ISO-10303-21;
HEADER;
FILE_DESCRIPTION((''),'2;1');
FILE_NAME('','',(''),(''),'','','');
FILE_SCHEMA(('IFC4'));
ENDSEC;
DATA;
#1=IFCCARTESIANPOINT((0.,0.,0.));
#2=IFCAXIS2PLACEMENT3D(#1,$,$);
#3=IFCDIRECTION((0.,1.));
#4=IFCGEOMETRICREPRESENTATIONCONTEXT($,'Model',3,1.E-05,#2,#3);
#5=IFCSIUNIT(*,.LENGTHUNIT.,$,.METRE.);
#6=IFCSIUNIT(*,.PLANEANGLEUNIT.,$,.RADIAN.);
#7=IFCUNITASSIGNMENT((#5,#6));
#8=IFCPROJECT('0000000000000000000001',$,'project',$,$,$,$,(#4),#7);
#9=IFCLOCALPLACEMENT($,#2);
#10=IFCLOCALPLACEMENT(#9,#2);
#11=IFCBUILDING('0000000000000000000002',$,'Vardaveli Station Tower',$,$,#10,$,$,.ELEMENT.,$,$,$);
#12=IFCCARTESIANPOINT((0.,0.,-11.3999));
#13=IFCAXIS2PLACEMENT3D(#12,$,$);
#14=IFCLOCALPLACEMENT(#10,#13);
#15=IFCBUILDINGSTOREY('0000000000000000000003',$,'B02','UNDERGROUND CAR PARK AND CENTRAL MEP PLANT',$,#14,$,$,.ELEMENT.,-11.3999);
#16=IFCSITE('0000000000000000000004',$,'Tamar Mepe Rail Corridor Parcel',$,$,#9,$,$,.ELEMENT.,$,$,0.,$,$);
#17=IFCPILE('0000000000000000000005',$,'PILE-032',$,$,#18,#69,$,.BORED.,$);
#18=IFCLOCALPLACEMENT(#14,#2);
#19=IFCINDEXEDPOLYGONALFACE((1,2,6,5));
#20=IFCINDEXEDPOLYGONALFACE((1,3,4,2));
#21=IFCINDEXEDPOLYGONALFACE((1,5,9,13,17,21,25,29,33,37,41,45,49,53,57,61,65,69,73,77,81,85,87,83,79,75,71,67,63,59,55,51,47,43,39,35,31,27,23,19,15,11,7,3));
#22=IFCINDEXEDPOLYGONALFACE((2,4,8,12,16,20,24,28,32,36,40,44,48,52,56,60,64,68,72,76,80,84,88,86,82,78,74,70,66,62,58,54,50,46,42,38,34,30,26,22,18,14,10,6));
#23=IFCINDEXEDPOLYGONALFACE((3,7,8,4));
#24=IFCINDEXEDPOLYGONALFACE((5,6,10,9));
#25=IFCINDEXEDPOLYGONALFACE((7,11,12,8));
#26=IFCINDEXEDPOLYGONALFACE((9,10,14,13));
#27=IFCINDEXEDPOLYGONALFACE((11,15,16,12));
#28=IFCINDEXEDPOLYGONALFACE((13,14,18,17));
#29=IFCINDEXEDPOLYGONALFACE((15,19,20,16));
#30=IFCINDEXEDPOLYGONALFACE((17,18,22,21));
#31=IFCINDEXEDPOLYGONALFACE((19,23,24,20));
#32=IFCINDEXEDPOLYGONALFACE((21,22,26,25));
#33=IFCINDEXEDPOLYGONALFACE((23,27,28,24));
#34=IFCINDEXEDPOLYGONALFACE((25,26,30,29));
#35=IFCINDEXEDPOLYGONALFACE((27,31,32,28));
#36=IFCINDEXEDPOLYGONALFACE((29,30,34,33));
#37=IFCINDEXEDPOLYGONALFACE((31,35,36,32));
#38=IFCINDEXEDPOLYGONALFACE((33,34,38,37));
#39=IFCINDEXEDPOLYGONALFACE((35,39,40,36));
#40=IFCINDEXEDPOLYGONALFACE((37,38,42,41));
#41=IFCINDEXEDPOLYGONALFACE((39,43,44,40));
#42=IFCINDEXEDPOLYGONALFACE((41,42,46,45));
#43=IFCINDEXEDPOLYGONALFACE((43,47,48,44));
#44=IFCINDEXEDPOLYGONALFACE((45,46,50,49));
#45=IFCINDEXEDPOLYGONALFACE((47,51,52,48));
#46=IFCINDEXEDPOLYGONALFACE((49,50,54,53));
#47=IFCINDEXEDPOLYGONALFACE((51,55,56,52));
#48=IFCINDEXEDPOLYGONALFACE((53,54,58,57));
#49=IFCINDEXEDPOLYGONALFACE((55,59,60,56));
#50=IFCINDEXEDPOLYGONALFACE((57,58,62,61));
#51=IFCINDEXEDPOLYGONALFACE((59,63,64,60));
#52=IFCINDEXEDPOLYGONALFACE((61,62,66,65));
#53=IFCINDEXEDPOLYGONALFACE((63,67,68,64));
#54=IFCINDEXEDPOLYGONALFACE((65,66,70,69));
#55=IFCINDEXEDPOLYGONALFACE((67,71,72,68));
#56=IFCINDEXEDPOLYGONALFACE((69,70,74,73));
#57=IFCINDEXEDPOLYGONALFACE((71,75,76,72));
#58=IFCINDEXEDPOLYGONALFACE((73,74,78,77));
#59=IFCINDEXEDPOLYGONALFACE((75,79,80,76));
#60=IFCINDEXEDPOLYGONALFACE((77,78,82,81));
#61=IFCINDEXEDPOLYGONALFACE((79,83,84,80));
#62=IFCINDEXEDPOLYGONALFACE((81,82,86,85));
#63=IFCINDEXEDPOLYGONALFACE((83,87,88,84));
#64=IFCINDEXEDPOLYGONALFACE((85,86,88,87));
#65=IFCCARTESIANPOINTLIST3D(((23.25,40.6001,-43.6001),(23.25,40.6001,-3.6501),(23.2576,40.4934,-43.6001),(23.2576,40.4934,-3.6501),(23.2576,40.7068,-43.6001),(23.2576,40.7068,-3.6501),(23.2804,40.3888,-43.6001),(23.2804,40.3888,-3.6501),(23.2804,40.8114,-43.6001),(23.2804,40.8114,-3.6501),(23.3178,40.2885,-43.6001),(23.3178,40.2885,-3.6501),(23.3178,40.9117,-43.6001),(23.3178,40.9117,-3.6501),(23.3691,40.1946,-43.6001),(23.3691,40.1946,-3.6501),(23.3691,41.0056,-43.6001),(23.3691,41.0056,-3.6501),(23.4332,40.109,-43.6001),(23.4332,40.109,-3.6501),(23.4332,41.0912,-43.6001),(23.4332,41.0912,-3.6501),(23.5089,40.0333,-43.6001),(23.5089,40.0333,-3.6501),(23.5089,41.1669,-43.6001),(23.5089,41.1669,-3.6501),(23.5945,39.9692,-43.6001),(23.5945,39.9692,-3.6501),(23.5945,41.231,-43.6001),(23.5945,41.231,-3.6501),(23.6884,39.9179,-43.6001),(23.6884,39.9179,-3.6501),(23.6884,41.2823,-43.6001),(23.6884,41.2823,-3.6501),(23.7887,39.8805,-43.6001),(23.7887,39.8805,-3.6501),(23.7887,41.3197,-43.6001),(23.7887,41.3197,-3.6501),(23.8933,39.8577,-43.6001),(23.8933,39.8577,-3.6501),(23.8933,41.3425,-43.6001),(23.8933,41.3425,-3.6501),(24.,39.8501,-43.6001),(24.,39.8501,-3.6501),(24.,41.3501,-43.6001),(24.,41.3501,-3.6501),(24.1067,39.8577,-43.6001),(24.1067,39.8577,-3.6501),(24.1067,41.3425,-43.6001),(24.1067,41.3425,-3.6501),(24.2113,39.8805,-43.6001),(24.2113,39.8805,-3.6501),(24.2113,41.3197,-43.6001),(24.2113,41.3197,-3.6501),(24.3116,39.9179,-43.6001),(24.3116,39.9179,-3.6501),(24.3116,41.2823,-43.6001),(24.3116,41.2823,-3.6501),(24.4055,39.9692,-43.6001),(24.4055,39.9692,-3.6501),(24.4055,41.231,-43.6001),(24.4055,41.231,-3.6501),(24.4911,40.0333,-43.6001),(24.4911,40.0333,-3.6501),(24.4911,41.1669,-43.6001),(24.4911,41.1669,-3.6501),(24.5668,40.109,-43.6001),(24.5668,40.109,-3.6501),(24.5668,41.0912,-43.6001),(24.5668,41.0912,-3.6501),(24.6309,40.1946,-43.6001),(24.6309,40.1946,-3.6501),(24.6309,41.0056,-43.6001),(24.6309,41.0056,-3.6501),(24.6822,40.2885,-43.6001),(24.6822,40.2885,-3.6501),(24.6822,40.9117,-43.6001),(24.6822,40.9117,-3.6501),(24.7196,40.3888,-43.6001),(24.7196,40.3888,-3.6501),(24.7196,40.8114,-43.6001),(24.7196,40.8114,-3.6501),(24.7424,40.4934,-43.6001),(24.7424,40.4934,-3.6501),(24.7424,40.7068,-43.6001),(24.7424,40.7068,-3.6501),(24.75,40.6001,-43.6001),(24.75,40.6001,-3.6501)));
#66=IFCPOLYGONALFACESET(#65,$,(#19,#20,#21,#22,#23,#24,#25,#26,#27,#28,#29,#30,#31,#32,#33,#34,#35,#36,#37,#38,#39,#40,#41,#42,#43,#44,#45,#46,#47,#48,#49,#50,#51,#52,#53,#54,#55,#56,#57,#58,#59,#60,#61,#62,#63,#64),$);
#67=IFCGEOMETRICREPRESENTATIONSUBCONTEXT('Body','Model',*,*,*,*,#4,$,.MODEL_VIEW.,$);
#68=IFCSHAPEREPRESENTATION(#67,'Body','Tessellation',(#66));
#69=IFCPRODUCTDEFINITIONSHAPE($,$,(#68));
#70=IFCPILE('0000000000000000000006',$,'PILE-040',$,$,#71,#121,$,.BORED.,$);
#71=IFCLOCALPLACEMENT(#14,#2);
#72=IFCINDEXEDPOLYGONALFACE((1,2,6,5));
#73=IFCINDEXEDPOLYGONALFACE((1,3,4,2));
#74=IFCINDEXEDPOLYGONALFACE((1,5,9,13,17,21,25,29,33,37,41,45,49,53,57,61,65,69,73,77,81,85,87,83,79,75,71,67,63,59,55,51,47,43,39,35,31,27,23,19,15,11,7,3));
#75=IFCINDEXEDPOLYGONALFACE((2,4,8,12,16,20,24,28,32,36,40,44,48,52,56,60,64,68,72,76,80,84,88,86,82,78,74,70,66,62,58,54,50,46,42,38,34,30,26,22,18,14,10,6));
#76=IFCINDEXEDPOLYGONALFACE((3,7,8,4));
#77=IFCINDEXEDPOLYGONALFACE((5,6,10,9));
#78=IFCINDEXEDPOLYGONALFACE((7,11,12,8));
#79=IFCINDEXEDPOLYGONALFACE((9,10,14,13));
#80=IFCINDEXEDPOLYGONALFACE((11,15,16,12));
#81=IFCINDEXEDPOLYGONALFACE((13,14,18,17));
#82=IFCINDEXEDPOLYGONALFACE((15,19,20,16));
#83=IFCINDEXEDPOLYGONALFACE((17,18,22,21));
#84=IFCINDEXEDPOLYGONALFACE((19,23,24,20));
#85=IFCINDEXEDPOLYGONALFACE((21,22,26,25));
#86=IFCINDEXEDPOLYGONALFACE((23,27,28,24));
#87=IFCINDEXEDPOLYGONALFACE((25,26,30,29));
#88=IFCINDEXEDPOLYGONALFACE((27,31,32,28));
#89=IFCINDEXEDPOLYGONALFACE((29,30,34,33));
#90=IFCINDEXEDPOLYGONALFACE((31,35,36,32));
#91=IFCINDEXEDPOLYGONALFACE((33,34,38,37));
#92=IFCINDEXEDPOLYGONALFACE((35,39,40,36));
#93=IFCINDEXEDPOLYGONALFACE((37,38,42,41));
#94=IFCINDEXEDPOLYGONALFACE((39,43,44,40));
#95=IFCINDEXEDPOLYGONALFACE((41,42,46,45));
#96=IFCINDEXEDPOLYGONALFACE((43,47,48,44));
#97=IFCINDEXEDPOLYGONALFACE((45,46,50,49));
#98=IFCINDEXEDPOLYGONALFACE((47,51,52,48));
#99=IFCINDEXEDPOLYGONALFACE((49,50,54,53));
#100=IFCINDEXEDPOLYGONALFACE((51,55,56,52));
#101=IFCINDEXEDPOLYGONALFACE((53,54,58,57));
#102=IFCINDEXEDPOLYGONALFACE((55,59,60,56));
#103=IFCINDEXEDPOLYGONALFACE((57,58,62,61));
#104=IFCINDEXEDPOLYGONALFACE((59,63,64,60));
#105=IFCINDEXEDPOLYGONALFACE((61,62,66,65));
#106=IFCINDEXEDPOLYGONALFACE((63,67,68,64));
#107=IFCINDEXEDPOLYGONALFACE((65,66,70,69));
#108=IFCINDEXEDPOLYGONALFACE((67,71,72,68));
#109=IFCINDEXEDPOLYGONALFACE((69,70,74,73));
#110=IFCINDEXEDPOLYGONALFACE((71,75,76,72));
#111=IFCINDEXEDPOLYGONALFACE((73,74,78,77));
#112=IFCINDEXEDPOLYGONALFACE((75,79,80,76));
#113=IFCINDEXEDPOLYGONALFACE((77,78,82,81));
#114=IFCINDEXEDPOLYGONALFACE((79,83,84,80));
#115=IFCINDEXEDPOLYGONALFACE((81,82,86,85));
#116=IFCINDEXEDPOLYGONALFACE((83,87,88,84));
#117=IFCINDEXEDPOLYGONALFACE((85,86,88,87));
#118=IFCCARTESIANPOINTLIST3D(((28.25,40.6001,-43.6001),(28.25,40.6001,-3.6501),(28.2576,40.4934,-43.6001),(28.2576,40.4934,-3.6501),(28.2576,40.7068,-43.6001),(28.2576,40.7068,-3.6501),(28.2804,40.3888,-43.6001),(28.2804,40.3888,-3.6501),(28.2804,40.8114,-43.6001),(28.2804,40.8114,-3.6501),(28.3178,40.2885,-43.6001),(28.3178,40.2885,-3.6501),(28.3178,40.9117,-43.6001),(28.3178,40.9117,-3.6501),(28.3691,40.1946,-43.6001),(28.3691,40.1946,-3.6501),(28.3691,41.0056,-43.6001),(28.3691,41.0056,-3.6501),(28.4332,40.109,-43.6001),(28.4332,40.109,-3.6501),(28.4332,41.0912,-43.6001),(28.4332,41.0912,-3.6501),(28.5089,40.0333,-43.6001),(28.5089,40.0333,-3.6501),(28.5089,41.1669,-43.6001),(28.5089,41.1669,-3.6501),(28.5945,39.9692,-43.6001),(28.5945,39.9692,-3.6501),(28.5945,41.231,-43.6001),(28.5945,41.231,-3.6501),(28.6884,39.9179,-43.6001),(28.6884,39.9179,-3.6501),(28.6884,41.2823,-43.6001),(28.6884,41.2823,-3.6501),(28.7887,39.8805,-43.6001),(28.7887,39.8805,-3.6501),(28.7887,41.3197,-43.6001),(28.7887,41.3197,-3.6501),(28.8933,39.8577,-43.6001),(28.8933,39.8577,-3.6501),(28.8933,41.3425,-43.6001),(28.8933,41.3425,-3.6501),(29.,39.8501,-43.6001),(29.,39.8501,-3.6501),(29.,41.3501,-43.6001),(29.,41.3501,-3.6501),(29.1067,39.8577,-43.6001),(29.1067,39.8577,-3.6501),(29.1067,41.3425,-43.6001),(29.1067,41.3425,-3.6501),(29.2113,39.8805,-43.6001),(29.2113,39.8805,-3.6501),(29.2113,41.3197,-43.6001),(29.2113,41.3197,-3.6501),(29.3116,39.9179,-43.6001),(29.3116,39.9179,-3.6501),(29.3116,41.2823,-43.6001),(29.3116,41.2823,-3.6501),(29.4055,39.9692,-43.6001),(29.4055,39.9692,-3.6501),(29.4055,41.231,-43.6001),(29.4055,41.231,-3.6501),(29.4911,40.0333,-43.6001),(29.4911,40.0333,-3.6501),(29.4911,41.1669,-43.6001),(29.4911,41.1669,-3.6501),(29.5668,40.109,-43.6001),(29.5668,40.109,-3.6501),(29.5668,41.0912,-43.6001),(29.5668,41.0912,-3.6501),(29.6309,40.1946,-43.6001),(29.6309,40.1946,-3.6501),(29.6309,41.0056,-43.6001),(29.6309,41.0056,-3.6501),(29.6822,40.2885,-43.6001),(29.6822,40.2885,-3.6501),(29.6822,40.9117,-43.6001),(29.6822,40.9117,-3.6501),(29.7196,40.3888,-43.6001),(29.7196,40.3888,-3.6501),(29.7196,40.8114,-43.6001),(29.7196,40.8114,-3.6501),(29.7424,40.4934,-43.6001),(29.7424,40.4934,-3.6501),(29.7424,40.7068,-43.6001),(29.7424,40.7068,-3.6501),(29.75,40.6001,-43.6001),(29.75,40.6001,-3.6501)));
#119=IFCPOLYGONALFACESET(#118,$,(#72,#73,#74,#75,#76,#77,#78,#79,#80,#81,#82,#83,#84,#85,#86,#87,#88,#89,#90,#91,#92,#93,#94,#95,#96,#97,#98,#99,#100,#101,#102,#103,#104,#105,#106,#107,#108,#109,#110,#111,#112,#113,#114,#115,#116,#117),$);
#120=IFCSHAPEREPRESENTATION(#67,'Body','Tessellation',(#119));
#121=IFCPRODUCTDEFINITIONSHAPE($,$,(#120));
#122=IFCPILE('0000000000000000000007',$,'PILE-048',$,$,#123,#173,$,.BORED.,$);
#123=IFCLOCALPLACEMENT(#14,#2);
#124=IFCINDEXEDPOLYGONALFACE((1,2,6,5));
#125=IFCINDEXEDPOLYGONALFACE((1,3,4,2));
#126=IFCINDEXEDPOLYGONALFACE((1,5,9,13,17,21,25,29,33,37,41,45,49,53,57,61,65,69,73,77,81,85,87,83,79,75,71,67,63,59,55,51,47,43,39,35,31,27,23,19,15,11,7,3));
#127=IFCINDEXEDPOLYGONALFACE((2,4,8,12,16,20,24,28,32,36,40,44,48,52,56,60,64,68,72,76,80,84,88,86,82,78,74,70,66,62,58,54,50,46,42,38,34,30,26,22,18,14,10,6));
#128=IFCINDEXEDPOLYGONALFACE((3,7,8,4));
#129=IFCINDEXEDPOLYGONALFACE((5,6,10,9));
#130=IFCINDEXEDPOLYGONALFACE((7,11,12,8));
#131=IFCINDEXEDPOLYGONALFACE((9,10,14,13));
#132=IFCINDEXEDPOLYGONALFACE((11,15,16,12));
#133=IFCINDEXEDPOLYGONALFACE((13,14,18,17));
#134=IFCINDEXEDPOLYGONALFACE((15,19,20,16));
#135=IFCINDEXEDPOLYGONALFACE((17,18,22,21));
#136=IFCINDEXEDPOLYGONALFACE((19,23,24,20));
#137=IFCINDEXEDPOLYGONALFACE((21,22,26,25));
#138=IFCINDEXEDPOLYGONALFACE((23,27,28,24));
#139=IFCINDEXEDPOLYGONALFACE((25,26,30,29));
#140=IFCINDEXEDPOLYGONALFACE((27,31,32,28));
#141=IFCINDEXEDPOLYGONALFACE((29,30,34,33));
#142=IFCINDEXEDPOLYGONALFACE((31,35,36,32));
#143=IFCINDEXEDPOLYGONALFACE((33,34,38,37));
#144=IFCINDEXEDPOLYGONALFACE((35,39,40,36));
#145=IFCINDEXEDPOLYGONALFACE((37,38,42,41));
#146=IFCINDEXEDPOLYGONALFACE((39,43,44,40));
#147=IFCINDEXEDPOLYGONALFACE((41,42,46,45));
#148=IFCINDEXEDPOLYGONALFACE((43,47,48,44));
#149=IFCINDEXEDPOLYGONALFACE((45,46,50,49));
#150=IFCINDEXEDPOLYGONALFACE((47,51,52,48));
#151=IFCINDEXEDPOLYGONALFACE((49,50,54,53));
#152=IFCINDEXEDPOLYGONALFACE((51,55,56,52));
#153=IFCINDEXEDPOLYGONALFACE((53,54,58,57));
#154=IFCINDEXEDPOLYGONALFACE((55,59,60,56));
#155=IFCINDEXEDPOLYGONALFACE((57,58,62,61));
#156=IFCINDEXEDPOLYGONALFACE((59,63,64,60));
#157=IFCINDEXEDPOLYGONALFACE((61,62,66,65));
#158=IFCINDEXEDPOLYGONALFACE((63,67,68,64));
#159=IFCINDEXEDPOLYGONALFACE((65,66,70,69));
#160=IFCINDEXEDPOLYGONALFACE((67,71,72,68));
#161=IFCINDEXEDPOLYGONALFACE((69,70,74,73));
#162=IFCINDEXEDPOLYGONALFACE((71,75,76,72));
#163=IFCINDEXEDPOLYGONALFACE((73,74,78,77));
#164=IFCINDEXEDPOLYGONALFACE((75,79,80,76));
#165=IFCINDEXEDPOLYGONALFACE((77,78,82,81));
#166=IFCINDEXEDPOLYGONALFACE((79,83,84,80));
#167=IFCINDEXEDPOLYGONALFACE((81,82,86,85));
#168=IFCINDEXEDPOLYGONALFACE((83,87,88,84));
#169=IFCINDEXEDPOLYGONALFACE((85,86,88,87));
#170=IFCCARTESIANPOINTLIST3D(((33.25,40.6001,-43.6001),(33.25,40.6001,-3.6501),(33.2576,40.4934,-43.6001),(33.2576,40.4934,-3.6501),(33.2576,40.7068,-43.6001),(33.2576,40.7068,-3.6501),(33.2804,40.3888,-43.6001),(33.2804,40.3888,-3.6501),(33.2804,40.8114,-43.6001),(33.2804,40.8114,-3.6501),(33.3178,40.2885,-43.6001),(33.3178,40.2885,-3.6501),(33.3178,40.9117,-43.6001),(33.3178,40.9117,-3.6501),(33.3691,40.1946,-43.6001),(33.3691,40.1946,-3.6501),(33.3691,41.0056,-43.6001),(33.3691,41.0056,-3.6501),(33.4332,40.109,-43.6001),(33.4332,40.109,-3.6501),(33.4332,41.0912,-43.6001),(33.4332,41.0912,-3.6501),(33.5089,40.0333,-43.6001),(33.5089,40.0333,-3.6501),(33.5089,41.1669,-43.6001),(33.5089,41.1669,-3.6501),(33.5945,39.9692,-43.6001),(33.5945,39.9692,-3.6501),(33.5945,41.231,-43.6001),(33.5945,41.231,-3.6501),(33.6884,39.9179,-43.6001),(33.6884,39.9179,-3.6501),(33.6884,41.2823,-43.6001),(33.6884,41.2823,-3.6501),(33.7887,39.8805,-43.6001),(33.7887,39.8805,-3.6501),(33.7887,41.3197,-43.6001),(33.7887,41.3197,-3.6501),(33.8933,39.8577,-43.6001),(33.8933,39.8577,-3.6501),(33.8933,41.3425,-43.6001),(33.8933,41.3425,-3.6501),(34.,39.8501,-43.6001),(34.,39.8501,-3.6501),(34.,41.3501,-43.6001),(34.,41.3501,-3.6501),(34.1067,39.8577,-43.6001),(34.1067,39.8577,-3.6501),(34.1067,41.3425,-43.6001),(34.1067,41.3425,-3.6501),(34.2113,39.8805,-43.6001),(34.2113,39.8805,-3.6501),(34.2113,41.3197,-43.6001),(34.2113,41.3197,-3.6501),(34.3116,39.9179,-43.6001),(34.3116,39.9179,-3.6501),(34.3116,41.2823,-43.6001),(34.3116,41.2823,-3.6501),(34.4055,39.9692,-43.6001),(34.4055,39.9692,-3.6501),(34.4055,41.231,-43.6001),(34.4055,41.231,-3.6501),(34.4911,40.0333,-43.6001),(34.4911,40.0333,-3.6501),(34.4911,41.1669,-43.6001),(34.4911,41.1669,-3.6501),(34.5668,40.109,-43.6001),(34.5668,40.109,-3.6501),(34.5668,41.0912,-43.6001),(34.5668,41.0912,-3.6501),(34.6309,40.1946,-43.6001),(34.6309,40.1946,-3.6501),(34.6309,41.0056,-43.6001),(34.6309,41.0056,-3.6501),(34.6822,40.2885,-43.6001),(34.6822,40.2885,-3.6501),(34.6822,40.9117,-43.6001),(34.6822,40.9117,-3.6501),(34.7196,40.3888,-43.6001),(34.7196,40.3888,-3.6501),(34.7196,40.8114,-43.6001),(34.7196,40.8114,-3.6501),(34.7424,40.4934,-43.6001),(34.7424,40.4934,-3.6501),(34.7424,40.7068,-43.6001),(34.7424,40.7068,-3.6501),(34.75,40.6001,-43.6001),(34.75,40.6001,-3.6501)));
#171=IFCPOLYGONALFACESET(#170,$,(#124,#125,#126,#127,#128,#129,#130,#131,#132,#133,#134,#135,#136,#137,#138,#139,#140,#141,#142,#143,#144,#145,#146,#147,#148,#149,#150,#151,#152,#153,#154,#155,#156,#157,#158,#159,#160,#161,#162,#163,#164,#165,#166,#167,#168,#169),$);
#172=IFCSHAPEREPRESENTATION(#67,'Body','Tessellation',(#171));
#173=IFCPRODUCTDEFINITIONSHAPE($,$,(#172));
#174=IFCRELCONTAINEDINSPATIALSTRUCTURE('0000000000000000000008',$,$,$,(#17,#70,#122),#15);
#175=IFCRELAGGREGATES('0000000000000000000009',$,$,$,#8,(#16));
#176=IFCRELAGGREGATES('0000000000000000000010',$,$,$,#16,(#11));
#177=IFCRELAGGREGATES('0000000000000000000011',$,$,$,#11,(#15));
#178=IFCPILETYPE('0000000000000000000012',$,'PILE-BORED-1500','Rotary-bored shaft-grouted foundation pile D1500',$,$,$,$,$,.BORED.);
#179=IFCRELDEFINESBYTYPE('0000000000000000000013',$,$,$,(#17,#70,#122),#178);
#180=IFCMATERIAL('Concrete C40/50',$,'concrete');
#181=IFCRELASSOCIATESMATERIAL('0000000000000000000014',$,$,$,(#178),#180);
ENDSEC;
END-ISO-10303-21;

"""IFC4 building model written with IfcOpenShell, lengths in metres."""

from ifc_helpers import new_model, si_unit, direction, frame, origin, origin_2d, place, context, subcontext, project, spatial, circle, extrude, source, transform, mapped, material, material_profile, profile_set, type_object, element, save


model = new_model("IFC4")

# Units and contexts
model_context = context("Model", 3, precision=1e-05, world=origin(), true_north=direction((0.0, 1.0)))
body_context = subcontext(model_context, "Body", "Model", "MODEL_VIEW")
ifc_project = project(units=[si_unit("LENGTHUNIT", "METRE"), si_unit("PLANEANGLEUNIT", "RADIAN")], contexts=[model_context])

# Site, building, storey
site_placement = place(None, origin())
site = spatial("IfcSite", under=ifc_project, at=site_placement, Name="Tamar Mepe Rail Corridor Parcel", CompositionType="ELEMENT", RefElevation=0.0)
building_placement = place(site_placement, origin())
building = spatial("IfcBuilding", under=site, at=building_placement, Name="Vardaveli Station Tower", CompositionType="ELEMENT")
storey_placement = place(building_placement, frame((0.0, 0.0, -11.3999)))
storey = spatial("IfcBuildingStorey", under=building, at=storey_placement, Name="B02", Description="UNDERGROUND CAR PARK AND CENTRAL MEP PLANT", CompositionType="ELEMENT", Elevation=-11.3999)

# Piles
ifc_material_1 = material(Name="Concrete C40/50", Category="concrete")
ifc_material_profile_1 = material_profile(ifc_material_1, circle(Radius=0.75, at=origin_2d()), Name="PILE D1500")
ifc_profile_set_1 = profile_set([ifc_material_profile_1], Name="Concrete C40/50")
pile_type_1 = type_object("IfcPileType", Name="PILE-BORED-1500", Description="Rotary-bored shaft-grouted foundation pile D1500", PredefinedType="BORED", material=ifc_profile_set_1)
shared_shape_1 = source(origin(), body_context, "Body", "SweptSolid", [
    extrude(circle(Radius=0.75, at=origin_2d()), origin(), (0.0, 0.0, 1.0), 39.95),
])
for number, where, z_axis, x_axis, name in (
    (1, (24.0, 40.6001, -3.6501), (0.0, 0.0, -1.0), (1.0, 0.0, 0.0), "PILE-032"),
    (2, (29.0, 40.6001, -3.6501), (0.0, 0.0, -1.0), (1.0, 0.0, 0.0), "PILE-040"),
    (3, (34.0, 40.6001, -3.6501), (0.0, 0.0, -1.0), (1.0, 0.0, 0.0), "PILE-048"),
):
    element("IfcPile", number, at=place(storey_placement, frame(where, z_axis=z_axis, x_axis=x_axis)), inside=storey, type_object=pile_type_1, Name=name, PredefinedType="BORED", context=body_context, shape_type="MappedRepresentation", body=[
        mapped(shared_shape_1, transform((0.0, 0.0, 0.0), scale=1.0)),
    ])

save(model, "model.ifc")
